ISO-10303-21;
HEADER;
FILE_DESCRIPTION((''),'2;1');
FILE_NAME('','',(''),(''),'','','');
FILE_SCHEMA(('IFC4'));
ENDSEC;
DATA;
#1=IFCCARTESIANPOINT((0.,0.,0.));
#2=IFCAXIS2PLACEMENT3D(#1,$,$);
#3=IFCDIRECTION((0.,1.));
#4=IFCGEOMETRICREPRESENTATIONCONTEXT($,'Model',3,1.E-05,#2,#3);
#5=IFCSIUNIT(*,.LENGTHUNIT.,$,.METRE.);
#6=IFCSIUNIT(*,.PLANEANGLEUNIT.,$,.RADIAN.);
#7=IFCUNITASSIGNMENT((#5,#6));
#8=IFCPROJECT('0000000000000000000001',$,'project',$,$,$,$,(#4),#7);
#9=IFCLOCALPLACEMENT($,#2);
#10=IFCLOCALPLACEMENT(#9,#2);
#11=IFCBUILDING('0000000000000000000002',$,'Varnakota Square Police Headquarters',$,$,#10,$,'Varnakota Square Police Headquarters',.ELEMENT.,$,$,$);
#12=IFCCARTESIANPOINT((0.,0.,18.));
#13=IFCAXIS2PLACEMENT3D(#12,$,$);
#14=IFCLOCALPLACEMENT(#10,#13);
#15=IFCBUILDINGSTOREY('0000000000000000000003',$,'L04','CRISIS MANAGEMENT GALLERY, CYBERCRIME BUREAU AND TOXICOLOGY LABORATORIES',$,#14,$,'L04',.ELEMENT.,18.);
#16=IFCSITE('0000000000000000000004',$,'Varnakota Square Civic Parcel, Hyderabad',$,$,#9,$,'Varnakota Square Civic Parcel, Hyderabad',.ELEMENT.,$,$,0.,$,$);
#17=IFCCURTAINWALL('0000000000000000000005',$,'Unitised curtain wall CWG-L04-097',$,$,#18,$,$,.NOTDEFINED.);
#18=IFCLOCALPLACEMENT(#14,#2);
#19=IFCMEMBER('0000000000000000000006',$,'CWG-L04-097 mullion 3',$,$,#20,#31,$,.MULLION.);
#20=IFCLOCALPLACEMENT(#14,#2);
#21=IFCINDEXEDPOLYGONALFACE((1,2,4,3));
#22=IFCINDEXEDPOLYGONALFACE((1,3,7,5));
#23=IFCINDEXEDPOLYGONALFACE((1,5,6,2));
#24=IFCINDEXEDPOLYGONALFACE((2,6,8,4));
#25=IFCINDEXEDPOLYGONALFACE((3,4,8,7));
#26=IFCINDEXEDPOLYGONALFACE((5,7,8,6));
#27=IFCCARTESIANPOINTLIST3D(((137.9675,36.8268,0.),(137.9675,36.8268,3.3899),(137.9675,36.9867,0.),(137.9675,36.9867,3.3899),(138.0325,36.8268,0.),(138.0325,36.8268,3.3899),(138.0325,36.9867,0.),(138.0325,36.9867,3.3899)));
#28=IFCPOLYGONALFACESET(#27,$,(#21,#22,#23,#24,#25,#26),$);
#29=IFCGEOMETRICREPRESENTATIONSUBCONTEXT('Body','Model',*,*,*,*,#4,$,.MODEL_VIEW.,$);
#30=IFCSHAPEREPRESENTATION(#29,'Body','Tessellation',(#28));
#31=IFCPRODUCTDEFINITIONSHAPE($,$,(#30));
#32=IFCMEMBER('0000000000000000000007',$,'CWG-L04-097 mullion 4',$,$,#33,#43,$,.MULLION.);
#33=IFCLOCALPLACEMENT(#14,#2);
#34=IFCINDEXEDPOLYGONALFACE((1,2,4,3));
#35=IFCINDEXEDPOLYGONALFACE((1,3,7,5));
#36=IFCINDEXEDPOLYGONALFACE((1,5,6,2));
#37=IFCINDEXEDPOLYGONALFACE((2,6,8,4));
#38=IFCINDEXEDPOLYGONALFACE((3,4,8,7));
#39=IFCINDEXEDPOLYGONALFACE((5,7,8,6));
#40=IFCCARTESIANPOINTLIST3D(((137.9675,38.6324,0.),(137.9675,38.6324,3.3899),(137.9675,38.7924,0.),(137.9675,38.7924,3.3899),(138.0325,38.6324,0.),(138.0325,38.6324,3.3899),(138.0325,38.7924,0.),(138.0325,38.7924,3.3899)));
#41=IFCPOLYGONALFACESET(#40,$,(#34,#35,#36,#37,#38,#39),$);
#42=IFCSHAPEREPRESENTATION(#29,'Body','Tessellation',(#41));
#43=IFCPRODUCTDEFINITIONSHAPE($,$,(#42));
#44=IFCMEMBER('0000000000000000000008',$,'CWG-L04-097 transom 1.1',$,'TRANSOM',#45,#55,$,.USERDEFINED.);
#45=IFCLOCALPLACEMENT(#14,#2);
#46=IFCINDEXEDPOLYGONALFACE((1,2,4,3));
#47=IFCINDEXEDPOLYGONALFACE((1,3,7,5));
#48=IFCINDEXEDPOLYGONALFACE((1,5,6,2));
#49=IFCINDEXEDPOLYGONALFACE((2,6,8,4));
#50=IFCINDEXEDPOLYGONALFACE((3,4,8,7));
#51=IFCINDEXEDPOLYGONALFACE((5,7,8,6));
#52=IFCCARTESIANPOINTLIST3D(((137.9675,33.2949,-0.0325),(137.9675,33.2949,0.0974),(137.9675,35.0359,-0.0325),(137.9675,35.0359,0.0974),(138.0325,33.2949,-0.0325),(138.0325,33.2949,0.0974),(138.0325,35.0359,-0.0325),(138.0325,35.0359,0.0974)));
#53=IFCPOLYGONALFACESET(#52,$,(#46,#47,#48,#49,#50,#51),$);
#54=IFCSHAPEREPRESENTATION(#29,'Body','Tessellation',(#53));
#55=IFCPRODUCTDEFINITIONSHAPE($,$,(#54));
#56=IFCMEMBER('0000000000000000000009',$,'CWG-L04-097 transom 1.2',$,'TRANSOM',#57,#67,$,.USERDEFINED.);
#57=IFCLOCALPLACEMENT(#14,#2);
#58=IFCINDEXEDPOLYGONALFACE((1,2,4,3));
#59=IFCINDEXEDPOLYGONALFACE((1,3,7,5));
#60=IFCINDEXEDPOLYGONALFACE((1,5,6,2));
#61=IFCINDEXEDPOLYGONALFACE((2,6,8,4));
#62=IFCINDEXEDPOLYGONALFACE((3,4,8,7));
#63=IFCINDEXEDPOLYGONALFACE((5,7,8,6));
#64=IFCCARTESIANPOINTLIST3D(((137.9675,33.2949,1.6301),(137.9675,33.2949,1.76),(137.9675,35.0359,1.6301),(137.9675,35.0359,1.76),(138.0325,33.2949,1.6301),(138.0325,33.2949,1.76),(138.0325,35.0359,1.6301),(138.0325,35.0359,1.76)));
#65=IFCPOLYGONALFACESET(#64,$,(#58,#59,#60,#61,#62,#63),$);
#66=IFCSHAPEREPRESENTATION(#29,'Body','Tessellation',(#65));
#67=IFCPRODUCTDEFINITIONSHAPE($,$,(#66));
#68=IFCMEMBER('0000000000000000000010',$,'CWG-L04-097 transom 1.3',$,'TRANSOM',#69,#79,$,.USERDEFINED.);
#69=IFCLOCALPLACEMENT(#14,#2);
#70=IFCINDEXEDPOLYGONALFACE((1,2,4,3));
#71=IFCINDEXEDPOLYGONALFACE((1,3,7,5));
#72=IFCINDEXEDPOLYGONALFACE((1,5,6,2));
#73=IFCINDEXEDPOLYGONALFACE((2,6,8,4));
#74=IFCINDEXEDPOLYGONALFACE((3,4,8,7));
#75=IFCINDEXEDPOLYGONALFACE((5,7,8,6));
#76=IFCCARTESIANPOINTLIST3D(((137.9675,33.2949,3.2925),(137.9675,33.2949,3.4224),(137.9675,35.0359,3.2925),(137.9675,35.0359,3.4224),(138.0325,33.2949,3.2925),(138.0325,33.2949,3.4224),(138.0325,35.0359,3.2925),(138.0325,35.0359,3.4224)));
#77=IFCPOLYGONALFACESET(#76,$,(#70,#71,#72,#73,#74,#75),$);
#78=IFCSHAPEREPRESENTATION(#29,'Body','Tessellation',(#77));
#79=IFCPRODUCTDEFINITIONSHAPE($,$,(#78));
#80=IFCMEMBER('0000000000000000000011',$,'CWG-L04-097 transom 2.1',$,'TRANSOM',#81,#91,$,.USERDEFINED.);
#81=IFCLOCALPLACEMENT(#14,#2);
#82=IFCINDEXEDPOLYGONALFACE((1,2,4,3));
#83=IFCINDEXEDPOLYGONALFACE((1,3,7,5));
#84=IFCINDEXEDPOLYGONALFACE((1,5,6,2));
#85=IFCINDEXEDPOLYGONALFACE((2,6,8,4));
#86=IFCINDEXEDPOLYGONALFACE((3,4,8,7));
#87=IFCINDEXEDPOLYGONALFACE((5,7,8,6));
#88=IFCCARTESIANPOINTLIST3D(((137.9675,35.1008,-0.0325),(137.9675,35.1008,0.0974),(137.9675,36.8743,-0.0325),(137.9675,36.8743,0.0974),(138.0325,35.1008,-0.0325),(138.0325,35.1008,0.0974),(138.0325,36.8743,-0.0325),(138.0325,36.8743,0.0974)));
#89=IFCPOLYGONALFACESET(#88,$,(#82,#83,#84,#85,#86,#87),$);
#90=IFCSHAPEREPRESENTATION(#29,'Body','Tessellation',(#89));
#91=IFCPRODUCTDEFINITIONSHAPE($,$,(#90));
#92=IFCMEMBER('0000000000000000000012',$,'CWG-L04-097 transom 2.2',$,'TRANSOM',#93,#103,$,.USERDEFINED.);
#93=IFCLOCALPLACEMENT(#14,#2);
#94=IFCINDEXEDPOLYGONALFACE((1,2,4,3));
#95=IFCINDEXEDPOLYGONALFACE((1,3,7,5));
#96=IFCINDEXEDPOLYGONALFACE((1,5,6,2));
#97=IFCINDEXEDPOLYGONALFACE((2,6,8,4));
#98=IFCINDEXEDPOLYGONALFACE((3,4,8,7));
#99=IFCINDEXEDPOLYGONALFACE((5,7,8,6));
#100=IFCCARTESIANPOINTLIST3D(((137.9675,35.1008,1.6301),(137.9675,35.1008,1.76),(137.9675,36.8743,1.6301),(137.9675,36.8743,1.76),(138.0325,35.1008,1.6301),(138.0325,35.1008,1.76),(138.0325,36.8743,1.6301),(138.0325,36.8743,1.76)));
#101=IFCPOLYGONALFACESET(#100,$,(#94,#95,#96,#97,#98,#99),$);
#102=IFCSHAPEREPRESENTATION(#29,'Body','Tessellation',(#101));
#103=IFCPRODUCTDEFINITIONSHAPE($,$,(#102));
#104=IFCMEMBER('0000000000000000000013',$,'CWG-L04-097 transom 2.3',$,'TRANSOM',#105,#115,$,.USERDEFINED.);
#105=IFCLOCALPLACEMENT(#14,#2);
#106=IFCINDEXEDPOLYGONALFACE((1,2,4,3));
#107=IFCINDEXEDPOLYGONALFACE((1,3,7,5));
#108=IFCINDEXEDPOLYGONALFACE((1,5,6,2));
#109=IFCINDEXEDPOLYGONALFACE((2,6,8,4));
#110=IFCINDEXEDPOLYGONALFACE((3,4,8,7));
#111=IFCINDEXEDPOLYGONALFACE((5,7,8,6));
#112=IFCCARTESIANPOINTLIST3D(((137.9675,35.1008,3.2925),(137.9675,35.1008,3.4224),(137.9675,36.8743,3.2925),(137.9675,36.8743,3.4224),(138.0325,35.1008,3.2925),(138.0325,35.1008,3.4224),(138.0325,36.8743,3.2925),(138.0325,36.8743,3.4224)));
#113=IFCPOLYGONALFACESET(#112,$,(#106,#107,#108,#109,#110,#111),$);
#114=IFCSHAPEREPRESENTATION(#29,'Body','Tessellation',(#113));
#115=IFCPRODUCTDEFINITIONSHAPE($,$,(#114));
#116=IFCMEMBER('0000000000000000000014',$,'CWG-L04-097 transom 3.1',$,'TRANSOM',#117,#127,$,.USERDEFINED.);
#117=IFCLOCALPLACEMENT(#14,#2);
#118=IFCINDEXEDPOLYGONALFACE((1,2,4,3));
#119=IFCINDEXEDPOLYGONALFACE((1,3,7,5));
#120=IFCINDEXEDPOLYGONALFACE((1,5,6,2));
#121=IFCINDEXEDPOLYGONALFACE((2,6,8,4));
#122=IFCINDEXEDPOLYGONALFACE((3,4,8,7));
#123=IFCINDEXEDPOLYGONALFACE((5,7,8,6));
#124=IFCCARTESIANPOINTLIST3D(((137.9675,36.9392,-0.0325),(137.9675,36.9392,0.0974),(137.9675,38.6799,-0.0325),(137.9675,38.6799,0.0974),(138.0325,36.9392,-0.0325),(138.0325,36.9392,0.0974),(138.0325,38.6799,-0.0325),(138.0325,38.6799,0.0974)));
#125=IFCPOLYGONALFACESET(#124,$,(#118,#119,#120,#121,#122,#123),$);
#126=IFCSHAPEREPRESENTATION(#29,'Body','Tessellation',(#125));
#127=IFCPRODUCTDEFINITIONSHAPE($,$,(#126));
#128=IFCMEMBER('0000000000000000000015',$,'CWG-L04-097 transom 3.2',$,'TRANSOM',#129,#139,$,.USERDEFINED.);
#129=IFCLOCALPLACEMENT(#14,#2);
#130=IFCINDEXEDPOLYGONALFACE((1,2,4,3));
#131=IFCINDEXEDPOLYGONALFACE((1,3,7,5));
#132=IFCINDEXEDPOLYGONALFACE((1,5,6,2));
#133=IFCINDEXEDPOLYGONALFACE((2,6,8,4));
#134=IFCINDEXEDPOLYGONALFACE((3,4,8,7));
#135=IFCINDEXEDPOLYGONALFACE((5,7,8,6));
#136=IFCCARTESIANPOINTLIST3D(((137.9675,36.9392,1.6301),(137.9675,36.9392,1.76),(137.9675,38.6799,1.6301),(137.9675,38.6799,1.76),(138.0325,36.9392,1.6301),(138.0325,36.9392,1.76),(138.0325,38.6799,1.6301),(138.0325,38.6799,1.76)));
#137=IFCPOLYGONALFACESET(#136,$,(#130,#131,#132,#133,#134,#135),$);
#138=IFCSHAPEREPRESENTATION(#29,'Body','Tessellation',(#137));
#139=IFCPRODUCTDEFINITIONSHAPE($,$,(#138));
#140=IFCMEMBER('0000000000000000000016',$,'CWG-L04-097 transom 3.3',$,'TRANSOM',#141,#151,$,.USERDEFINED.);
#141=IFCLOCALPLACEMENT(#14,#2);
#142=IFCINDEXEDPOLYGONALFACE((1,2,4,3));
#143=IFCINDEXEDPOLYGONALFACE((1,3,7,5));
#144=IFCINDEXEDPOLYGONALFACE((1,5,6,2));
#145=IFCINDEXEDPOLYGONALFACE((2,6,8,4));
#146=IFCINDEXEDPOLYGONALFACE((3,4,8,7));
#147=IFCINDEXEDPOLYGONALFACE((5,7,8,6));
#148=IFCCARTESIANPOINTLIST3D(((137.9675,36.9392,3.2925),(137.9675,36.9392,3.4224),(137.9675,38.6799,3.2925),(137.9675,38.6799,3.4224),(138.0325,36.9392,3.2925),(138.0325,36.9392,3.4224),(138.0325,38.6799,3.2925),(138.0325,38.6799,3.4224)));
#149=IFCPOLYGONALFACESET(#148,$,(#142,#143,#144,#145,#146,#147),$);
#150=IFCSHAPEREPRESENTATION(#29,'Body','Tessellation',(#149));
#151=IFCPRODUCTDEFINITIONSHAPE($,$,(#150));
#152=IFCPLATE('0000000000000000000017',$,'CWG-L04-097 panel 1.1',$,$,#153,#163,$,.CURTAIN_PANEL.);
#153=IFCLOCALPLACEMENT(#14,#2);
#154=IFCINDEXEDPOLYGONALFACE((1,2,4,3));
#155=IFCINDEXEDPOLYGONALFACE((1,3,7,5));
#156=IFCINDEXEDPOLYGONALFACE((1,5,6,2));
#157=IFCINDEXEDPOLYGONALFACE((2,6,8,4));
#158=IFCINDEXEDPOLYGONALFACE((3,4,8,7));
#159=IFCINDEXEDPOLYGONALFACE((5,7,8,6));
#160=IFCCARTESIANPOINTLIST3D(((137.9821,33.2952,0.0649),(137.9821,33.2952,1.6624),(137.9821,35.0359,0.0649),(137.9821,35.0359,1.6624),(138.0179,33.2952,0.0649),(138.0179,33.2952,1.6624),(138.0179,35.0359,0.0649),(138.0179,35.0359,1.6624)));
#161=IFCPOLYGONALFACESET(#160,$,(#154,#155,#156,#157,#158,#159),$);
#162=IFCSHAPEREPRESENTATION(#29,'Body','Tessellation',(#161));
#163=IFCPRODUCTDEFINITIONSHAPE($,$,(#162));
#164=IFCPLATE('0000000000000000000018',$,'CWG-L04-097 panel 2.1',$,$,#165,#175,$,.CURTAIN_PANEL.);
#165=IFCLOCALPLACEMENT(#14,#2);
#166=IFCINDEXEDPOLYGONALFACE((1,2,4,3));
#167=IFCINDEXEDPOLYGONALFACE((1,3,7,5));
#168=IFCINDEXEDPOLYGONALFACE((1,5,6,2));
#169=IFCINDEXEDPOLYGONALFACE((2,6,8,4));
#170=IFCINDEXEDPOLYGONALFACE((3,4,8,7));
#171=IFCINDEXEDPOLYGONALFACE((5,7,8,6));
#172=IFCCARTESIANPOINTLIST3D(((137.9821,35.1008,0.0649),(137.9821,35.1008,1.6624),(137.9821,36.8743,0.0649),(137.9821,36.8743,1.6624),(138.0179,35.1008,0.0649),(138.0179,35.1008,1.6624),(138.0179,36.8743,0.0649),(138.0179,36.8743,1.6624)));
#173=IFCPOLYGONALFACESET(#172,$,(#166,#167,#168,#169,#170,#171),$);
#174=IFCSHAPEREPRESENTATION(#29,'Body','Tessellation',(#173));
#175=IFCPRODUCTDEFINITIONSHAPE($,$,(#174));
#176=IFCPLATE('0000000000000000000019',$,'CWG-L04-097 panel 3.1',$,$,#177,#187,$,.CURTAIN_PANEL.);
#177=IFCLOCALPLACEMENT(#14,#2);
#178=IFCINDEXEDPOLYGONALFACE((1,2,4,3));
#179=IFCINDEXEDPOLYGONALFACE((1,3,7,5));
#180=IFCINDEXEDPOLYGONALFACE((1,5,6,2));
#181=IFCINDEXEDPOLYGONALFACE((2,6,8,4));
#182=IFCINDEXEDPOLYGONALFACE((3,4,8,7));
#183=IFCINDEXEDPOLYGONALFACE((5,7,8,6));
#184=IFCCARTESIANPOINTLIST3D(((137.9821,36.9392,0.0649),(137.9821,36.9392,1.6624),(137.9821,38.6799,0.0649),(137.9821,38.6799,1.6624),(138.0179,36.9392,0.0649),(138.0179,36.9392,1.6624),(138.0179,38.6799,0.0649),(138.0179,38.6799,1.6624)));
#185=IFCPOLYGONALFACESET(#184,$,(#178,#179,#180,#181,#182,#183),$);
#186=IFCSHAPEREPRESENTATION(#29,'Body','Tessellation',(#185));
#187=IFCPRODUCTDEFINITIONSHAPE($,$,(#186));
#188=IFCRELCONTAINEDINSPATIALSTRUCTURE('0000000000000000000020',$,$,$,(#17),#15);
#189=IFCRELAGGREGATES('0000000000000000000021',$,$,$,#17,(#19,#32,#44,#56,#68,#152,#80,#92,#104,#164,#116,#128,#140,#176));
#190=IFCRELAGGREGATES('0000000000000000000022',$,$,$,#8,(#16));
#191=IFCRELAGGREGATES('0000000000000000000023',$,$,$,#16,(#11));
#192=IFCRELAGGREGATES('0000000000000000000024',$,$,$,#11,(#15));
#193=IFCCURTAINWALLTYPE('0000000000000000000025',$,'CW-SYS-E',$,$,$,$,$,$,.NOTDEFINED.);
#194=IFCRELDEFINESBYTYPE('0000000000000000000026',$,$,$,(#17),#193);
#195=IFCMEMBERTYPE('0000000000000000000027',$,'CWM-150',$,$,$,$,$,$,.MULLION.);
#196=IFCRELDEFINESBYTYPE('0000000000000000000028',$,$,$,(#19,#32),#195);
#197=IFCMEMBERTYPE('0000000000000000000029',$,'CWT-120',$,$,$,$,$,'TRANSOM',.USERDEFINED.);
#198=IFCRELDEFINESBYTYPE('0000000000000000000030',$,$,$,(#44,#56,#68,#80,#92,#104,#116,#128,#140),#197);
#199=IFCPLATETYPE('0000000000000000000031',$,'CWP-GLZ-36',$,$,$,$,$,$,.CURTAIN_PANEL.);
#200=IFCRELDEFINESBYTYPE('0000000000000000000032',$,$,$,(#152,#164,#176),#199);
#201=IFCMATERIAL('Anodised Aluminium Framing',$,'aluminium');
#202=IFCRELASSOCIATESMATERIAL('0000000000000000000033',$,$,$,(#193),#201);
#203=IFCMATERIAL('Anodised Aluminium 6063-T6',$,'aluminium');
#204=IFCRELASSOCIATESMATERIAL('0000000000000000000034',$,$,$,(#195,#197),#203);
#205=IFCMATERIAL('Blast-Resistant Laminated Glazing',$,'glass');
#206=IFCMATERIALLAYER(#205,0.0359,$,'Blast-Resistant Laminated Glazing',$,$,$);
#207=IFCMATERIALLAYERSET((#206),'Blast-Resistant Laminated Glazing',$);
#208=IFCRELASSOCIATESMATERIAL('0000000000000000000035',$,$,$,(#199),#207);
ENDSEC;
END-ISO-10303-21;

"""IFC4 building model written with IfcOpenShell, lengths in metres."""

from ifc_helpers import new_model, si_unit, direction, frame, origin, origin_2d, place, context, subcontext, project, spatial, rectangle, extrude, material, layer, layer_set, material_profile, profile_set, type_object, element, aggregate, save


model = new_model("IFC4")

# Units and contexts
model_context = context("Model", 3, precision=1e-05, world=origin(), true_north=direction((0.0, 1.0)))
body_context = subcontext(model_context, "Body", "Model", "MODEL_VIEW")
ifc_project = project(units=[si_unit("LENGTHUNIT", "METRE"), si_unit("PLANEANGLEUNIT", "RADIAN")], contexts=[model_context])

# Site, building, storey
site_placement = place(None, origin())
site = spatial("IfcSite", under=ifc_project, at=site_placement, Name="Varnakota Square Civic Parcel, Hyderabad", LongName="Varnakota Square Civic Parcel, Hyderabad", CompositionType="ELEMENT", RefElevation=0.0)
building_placement = place(site_placement, origin())
building = spatial("IfcBuilding", under=site, at=building_placement, Name="Varnakota Square Police Headquarters", LongName="Varnakota Square Police Headquarters", CompositionType="ELEMENT")
storey_placement = place(building_placement, frame((0.0, 0.0, 18.0)))
storey = spatial("IfcBuildingStorey", under=building, at=storey_placement, Name="L04", Description="CRISIS MANAGEMENT GALLERY, CYBERCRIME BUREAU AND TOXICOLOGY LABORATORIES", LongName="L04", CompositionType="ELEMENT", Elevation=18.0)

# Shared definitions
ifc_material_1 = material(Name="Anodised Aluminium Framing", Category="aluminium")
curtain_wall_type = type_object("IfcCurtainWallType", Name="CW-SYS-E", PredefinedType="NOTDEFINED", material=ifc_material_1)
ifc_material_2 = material(Name="Anodised Aluminium 6063-T6", Category="aluminium")
ifc_material_profile_1 = material_profile(ifc_material_2, rectangle(XDim=0.0649, YDim=0.1599, at=origin_2d()), Name="ALU MULLION 65x160")
ifc_profile_set_1 = profile_set([ifc_material_profile_1], Name="Anodised Aluminium 6063-T6")
member_type_1 = type_object("IfcMemberType", Name="CWM-150", PredefinedType="MULLION", material=ifc_profile_set_1)

# Curtain wall, members, plates
curtain_wall_1_placement = place(storey_placement, origin())
curtain_wall_1 = element("IfcCurtainWall", 1, at=curtain_wall_1_placement, inside=storey, type_object=curtain_wall_type, Name="Unitised curtain wall CWG-L04-097", PredefinedType="NOTDEFINED")
member_1_placement = place(storey_placement, frame((138.0, 36.9067, 0.0), z_axis=(0.0, 0.0, 1.0), x_axis=(-1.0, 0.0, 0.0)))
member_1 = element("IfcMember", 2, at=member_1_placement, type_object=member_type_1, Name="CWG-L04-097 mullion 3", PredefinedType="MULLION", context=body_context, shape_type="SweptSolid", body=[
    extrude(rectangle(XDim=0.0649, YDim=0.1599, at=origin_2d()), origin(), (0.0, 0.0, 1.0), 3.3899),
])
member_2_placement = place(storey_placement, frame((138.0, 38.7124, 0.0), z_axis=(0.0, 0.0, 1.0), x_axis=(-1.0, 0.0, 0.0)))
member_2 = element("IfcMember", 3, at=member_2_placement, type_object=member_type_1, Name="CWG-L04-097 mullion 4", PredefinedType="MULLION", context=body_context, shape_type="SweptSolid", body=[
    extrude(rectangle(XDim=0.0649, YDim=0.1599, at=origin_2d()), origin(), (0.0, 0.0, 1.0), 3.3899),
])
ifc_material_profile_2 = material_profile(ifc_material_2, rectangle(XDim=0.0649, YDim=0.1299, at=origin_2d()), Name="ALU TRANSOM 65x130")
ifc_profile_set_2 = profile_set([ifc_material_profile_2], Name="Anodised Aluminium 6063-T6")
member_type_2 = type_object("IfcMemberType", Name="CWT-120", ElementType="TRANSOM", PredefinedType="USERDEFINED", material=ifc_profile_set_2)
member_3_placement = place(storey_placement, frame((138.0, 33.2949, 0.0325), z_axis=(0.0, 1.0, 0.0), x_axis=(-1.0, 0.0, 0.0)))
member_3 = element("IfcMember", 4, at=member_3_placement, type_object=member_type_2, Name="CWG-L04-097 transom 1.1", ObjectType="TRANSOM", PredefinedType="USERDEFINED", context=body_context, shape_type="SweptSolid", body=[
    extrude(rectangle(XDim=0.0649, YDim=0.1299, at=origin_2d()), origin(), (0.0, 0.0, 1.0), 1.741),
])
member_4_placement = place(storey_placement, frame((138.0, 33.2949, 1.6951), z_axis=(0.0, 1.0, 0.0), x_axis=(-1.0, 0.0, 0.0)))
member_4 = element("IfcMember", 5, at=member_4_placement, type_object=member_type_2, Name="CWG-L04-097 transom 1.2", ObjectType="TRANSOM", PredefinedType="USERDEFINED", context=body_context, shape_type="SweptSolid", body=[
    extrude(rectangle(XDim=0.0649, YDim=0.1299, at=origin_2d()), origin(), (0.0, 0.0, 1.0), 1.741),
])
member_5_placement = place(storey_placement, frame((138.0, 33.2949, 3.3574), z_axis=(0.0, 1.0, 0.0), x_axis=(-1.0, 0.0, 0.0)))
member_5 = element("IfcMember", 6, at=member_5_placement, type_object=member_type_2, Name="CWG-L04-097 transom 1.3", ObjectType="TRANSOM", PredefinedType="USERDEFINED", context=body_context, shape_type="SweptSolid", body=[
    extrude(rectangle(XDim=0.0649, YDim=0.1299, at=origin_2d()), origin(), (0.0, 0.0, 1.0), 1.741),
])
member_6_placement = place(storey_placement, frame((138.0, 35.1008, 0.0325), z_axis=(0.0, 1.0, 0.0), x_axis=(-1.0, 0.0, 0.0)))
member_6 = element("IfcMember", 7, at=member_6_placement, type_object=member_type_2, Name="CWG-L04-097 transom 2.1", ObjectType="TRANSOM", PredefinedType="USERDEFINED", context=body_context, shape_type="SweptSolid", body=[
    extrude(rectangle(XDim=0.0649, YDim=0.1299, at=origin_2d()), origin(), (0.0, 0.0, 1.0), 1.7734),
])
member_7_placement = place(storey_placement, frame((138.0, 35.1008, 1.6951), z_axis=(0.0, 1.0, 0.0), x_axis=(-1.0, 0.0, 0.0)))
member_7 = element("IfcMember", 8, at=member_7_placement, type_object=member_type_2, Name="CWG-L04-097 transom 2.2", ObjectType="TRANSOM", PredefinedType="USERDEFINED", context=body_context, shape_type="SweptSolid", body=[
    extrude(rectangle(XDim=0.0649, YDim=0.1299, at=origin_2d()), origin(), (0.0, 0.0, 1.0), 1.7734),
])
member_8_placement = place(storey_placement, frame((138.0, 35.1008, 3.3574), z_axis=(0.0, 1.0, 0.0), x_axis=(-1.0, 0.0, 0.0)))
member_8 = element("IfcMember", 9, at=member_8_placement, type_object=member_type_2, Name="CWG-L04-097 transom 2.3", ObjectType="TRANSOM", PredefinedType="USERDEFINED", context=body_context, shape_type="SweptSolid", body=[
    extrude(rectangle(XDim=0.0649, YDim=0.1299, at=origin_2d()), origin(), (0.0, 0.0, 1.0), 1.7734),
])
member_9_placement = place(storey_placement, frame((138.0, 36.9392, 0.0325), z_axis=(0.0, 1.0, 0.0), x_axis=(-1.0, 0.0, 0.0)))
member_9 = element("IfcMember", 10, at=member_9_placement, type_object=member_type_2, Name="CWG-L04-097 transom 3.1", ObjectType="TRANSOM", PredefinedType="USERDEFINED", context=body_context, shape_type="SweptSolid", body=[
    extrude(rectangle(XDim=0.0649, YDim=0.1299, at=origin_2d()), origin(), (0.0, 0.0, 1.0), 1.7407),
])
member_10_placement = place(storey_placement, frame((138.0, 36.9392, 1.6951), z_axis=(0.0, 1.0, 0.0), x_axis=(-1.0, 0.0, 0.0)))
member_10 = element("IfcMember", 11, at=member_10_placement, type_object=member_type_2, Name="CWG-L04-097 transom 3.2", ObjectType="TRANSOM", PredefinedType="USERDEFINED", context=body_context, shape_type="SweptSolid", body=[
    extrude(rectangle(XDim=0.0649, YDim=0.1299, at=origin_2d()), origin(), (0.0, 0.0, 1.0), 1.7407),
])
member_11_placement = place(storey_placement, frame((138.0, 36.9392, 3.3574), z_axis=(0.0, 1.0, 0.0), x_axis=(-1.0, 0.0, 0.0)))
member_11 = element("IfcMember", 12, at=member_11_placement, type_object=member_type_2, Name="CWG-L04-097 transom 3.3", ObjectType="TRANSOM", PredefinedType="USERDEFINED", context=body_context, shape_type="SweptSolid", body=[
    extrude(rectangle(XDim=0.0649, YDim=0.1299, at=origin_2d()), origin(), (0.0, 0.0, 1.0), 1.7407),
])
ifc_material_3 = material(Name="Blast-Resistant Laminated Glazing", Category="glass")
ifc_layer_1 = layer(ifc_material_3, 0.0359, Name="Blast-Resistant Laminated Glazing")
ifc_layer_set_1 = layer_set([ifc_layer_1], Name="Blast-Resistant Laminated Glazing")
plate_type_1 = type_object("IfcPlateType", Name="CWP-GLZ-36", PredefinedType="CURTAIN_PANEL", material=ifc_layer_set_1)
plate_1_placement = place(storey_placement, frame((138.0, 34.1655, 0.0649), z_axis=(0.0, 0.0, 1.0), x_axis=(0.0, 1.0, 0.0)))
plate_1 = element("IfcPlate", 13, at=plate_1_placement, type_object=plate_type_1, Name="CWG-L04-097 panel 1.1", PredefinedType="CURTAIN_PANEL", context=body_context, shape_type="SweptSolid", body=[
    extrude(rectangle(XDim=1.7407, YDim=0.0359, at=origin_2d()), origin(), (0.0, 0.0, 1.0), 1.5974),
])
plate_2_placement = place(storey_placement, frame((138.0, 35.9875, 0.0649), z_axis=(0.0, 0.0, 1.0), x_axis=(0.0, 1.0, 0.0)))
plate_2 = element("IfcPlate", 14, at=plate_2_placement, type_object=plate_type_1, Name="CWG-L04-097 panel 2.1", PredefinedType="CURTAIN_PANEL", context=body_context, shape_type="SweptSolid", body=[
    extrude(rectangle(XDim=1.7734, YDim=0.0359, at=origin_2d()), origin(), (0.0, 0.0, 1.0), 1.5974),
])
plate_3_placement = place(storey_placement, frame((138.0, 37.8096, 0.0649), z_axis=(0.0, 0.0, 1.0), x_axis=(0.0, 1.0, 0.0)))
plate_3 = element("IfcPlate", 15, at=plate_3_placement, type_object=plate_type_1, Name="CWG-L04-097 panel 3.1", PredefinedType="CURTAIN_PANEL", context=body_context, shape_type="SweptSolid", body=[
    extrude(rectangle(XDim=1.7407, YDim=0.0359, at=origin_2d()), origin(), (0.0, 0.0, 1.0), 1.5974),
])
aggregate(curtain_wall_1, [member_1, member_2, member_3, member_4, member_5, plate_1, member_6, member_7, member_8, plate_2, member_9, member_10, member_11, plate_3])

save(model, "model.ifc")
